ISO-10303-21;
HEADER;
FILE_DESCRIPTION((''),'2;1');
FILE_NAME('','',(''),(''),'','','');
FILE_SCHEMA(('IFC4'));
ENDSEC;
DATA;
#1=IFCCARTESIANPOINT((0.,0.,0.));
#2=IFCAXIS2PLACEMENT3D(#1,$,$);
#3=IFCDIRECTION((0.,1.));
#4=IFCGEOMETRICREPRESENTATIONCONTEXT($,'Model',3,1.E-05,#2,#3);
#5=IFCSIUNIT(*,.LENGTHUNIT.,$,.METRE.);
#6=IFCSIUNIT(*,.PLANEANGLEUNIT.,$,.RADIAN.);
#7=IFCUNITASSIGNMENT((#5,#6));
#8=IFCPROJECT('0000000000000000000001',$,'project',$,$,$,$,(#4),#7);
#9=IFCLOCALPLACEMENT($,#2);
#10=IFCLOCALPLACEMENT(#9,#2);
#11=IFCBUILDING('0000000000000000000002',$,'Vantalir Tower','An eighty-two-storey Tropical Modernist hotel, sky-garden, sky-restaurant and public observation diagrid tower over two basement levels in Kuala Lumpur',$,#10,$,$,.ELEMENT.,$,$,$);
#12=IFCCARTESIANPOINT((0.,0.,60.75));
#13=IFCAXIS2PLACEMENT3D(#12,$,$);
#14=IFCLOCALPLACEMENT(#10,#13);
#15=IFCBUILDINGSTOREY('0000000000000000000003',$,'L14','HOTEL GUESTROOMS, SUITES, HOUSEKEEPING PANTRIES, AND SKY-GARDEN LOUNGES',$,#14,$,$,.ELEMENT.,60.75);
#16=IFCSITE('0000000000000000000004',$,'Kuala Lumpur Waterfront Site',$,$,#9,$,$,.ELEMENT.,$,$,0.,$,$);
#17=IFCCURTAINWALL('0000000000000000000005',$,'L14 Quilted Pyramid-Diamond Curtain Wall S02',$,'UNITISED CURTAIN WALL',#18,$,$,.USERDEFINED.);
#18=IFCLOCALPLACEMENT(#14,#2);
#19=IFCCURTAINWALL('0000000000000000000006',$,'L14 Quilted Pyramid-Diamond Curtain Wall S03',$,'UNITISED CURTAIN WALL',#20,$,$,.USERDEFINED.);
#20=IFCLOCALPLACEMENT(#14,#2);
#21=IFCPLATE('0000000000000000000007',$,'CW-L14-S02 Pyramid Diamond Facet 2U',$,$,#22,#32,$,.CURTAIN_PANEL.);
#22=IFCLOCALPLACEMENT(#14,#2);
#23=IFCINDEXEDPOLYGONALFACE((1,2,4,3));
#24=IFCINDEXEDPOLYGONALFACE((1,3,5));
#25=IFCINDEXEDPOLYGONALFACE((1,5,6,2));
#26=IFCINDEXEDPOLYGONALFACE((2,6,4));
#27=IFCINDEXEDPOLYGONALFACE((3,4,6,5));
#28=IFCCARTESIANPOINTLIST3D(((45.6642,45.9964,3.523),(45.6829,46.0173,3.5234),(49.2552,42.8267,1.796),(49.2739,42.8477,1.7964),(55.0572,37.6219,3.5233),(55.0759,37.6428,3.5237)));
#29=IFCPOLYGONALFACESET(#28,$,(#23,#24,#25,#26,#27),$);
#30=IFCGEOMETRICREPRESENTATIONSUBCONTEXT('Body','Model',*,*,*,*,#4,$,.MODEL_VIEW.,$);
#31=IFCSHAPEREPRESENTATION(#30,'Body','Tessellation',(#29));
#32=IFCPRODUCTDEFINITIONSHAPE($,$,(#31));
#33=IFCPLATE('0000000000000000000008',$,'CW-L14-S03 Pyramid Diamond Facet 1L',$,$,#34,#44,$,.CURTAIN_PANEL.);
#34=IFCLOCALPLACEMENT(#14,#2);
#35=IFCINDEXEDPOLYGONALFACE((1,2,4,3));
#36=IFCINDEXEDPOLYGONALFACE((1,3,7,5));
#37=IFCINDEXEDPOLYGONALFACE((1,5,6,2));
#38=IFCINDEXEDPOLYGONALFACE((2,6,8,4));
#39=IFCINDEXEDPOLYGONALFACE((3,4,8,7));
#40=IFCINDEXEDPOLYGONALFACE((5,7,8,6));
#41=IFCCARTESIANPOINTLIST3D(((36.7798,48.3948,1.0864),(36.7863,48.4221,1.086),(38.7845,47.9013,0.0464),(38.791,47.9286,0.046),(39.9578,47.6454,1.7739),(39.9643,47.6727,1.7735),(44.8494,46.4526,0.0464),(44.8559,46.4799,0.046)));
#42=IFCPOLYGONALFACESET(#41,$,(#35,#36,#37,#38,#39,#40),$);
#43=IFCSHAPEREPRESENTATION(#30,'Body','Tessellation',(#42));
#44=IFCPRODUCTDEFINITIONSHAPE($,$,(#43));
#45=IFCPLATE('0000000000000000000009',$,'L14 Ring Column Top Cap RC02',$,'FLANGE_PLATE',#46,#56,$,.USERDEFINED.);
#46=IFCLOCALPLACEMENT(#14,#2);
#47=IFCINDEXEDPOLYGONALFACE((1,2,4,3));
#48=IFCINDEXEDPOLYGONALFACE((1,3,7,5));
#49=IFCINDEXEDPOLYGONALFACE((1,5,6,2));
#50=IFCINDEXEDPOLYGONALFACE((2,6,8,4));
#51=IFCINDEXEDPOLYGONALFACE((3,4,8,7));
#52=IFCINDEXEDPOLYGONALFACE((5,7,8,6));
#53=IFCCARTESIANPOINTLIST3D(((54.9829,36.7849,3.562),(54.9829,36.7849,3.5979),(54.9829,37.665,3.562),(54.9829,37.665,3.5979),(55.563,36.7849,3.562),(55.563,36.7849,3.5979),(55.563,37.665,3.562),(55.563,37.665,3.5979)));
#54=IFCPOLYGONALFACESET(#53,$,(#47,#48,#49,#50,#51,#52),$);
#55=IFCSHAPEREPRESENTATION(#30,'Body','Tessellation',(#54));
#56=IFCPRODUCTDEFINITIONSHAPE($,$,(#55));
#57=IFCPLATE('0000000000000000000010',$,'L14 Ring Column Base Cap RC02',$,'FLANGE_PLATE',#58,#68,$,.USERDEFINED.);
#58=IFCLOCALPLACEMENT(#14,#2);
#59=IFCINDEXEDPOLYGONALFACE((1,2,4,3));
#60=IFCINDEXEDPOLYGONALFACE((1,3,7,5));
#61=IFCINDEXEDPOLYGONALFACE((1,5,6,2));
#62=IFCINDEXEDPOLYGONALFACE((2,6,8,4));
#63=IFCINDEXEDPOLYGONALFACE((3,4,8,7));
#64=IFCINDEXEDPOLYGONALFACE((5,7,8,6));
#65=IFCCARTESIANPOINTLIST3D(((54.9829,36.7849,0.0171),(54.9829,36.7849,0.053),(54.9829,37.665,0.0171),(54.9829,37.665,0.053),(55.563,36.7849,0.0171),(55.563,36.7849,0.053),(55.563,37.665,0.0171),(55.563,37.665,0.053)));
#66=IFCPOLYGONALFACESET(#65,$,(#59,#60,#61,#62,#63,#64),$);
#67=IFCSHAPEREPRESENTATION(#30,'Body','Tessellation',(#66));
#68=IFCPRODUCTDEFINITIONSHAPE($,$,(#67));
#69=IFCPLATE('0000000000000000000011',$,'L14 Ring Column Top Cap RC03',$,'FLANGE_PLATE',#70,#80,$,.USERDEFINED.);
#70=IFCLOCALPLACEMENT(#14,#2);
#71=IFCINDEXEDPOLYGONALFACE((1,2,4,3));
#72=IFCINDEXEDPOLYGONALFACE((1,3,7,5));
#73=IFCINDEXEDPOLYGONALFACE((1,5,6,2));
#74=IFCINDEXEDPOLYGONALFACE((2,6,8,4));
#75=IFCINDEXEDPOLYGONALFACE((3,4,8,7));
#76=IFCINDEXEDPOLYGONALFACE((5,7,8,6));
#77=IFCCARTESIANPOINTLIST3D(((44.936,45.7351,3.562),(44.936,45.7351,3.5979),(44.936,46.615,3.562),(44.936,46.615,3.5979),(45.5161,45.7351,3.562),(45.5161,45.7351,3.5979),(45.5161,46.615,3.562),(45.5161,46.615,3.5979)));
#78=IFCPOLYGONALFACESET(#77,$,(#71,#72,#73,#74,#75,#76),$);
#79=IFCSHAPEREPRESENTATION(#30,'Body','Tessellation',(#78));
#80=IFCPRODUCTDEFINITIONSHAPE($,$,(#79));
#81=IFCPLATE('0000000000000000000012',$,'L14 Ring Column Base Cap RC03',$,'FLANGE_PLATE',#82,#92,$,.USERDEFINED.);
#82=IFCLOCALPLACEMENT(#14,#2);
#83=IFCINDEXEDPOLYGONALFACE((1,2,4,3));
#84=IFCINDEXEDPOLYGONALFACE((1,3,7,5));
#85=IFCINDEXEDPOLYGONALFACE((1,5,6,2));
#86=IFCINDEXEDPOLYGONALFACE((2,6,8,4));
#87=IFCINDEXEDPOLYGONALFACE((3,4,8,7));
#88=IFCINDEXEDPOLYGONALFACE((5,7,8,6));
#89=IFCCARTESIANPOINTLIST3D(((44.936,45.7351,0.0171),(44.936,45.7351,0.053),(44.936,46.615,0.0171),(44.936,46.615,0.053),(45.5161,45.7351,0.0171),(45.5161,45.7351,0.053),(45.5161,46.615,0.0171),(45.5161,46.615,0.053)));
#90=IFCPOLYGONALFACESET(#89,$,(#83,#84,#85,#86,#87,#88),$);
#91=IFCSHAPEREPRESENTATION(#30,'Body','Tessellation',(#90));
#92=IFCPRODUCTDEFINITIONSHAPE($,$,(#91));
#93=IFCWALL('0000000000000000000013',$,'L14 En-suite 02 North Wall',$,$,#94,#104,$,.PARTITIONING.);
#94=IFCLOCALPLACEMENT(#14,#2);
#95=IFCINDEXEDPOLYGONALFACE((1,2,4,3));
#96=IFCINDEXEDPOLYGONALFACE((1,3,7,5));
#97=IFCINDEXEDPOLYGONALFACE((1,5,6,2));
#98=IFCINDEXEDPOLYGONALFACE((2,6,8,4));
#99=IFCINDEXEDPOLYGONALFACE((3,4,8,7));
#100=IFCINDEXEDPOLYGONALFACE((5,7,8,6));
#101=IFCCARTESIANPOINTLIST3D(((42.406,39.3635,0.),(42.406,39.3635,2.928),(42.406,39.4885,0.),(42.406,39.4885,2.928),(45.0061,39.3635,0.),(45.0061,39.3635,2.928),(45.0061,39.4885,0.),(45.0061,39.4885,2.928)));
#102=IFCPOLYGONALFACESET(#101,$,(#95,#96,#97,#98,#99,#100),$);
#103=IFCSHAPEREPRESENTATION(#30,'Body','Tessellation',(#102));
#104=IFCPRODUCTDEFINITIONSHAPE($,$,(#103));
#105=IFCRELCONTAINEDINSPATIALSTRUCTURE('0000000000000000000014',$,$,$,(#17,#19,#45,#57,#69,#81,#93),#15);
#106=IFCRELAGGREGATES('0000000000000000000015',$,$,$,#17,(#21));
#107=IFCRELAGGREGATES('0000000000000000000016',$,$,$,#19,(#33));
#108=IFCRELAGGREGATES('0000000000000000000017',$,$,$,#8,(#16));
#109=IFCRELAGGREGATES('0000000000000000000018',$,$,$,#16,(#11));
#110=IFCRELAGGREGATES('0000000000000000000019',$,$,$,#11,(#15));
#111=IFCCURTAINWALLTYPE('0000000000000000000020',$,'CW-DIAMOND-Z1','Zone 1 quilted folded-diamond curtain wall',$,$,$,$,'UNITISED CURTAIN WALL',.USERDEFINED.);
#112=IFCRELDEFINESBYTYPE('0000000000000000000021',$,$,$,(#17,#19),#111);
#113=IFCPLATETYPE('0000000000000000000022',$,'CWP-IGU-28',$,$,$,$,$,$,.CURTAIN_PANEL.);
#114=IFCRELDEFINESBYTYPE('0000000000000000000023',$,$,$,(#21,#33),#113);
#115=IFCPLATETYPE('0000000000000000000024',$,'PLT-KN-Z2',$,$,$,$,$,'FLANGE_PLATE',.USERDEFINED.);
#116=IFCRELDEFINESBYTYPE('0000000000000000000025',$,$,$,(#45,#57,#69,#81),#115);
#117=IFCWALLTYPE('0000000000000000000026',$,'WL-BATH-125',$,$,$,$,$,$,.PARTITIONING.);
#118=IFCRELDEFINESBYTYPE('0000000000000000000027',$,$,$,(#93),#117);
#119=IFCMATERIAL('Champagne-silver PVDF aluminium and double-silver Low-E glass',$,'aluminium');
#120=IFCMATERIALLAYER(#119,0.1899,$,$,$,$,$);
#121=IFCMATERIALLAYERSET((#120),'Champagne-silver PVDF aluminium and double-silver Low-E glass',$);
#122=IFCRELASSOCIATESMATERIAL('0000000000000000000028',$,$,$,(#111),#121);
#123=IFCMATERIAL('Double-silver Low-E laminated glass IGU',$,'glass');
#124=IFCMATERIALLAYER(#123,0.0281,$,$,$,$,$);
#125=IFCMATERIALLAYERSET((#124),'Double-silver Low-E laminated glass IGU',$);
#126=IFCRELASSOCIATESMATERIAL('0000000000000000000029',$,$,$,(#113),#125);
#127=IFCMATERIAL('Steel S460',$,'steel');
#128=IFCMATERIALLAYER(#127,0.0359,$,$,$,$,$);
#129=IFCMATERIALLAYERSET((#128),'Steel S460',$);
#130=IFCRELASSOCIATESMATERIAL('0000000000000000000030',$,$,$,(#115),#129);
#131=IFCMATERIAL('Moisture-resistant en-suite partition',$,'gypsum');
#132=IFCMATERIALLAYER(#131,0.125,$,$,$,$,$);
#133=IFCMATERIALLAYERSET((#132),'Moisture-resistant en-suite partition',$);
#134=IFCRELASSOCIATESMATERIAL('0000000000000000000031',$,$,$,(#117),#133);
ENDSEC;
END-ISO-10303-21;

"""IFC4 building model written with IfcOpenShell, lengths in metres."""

from ifc_helpers import new_model, si_unit, direction, frame, frame_2d, origin, place, context, subcontext, project, spatial, polyline, rectangle, outline, extrude, material, layer, layer_set, type_object, element, aggregate, save


model = new_model("IFC4")

# Units and contexts
model_context = context("Model", 3, precision=1e-05, world=origin(), true_north=direction((0.0, 1.0)))
body_context = subcontext(model_context, "Body", "Model", "MODEL_VIEW")
ifc_project = project(units=[si_unit("LENGTHUNIT", "METRE"), si_unit("PLANEANGLEUNIT", "RADIAN")], contexts=[model_context])

# Site, building, storey
site_placement = place(None, origin())
site = spatial("IfcSite", under=ifc_project, at=site_placement, Name="Kuala Lumpur Waterfront Site", CompositionType="ELEMENT", RefElevation=0.0)
building_placement = place(site_placement, origin())
building = spatial("IfcBuilding", under=site, at=building_placement, Name="Vantalir Tower", Description="An eighty-two-storey Tropical Modernist hotel, sky-garden, sky-restaurant and public observation diagrid tower over two basement levels in Kuala Lumpur", CompositionType="ELEMENT")
storey_placement = place(building_placement, frame((0.0, 0.0, 60.75)))
storey = spatial("IfcBuildingStorey", under=building, at=storey_placement, Name="L14", Description="HOTEL GUESTROOMS, SUITES, HOUSEKEEPING PANTRIES, AND SKY-GARDEN LOUNGES", CompositionType="ELEMENT", Elevation=60.75)

# Shared definitions
ifc_material_1 = material(Name="Steel S460", Category="steel")

# Curtain wall
ifc_material_2 = material(Name="Champagne-silver PVDF aluminium and double-silver Low-E glass", Category="aluminium")
ifc_layer_1 = layer(ifc_material_2, 0.1899)
ifc_layer_set_1 = layer_set([ifc_layer_1], Name="Champagne-silver PVDF aluminium and double-silver Low-E glass")
curtain_wall_type = type_object("IfcCurtainWallType", Name="CW-DIAMOND-Z1", Description="Zone 1 quilted folded-diamond curtain wall", ElementType="UNITISED CURTAIN WALL", PredefinedType="USERDEFINED", material=ifc_layer_set_1)
curtain_wall_1_placement = place(storey_placement, origin())
curtain_wall_1 = element("IfcCurtainWall", 1, at=curtain_wall_1_placement, inside=storey, type_object=curtain_wall_type, Name="L14 Quilted Pyramid-Diamond Curtain Wall S02", ObjectType="UNITISED CURTAIN WALL", PredefinedType="USERDEFINED")

# Curtain wall
curtain_wall_2_placement = place(storey_placement, origin())
curtain_wall_2 = element("IfcCurtainWall", 2, at=curtain_wall_2_placement, inside=storey, type_object=curtain_wall_type, Name="L14 Quilted Pyramid-Diamond Curtain Wall S03", ObjectType="UNITISED CURTAIN WALL", PredefinedType="USERDEFINED")

# Plates
ifc_material_3 = material(Name="Double-silver Low-E laminated glass IGU", Category="glass")
ifc_layer_2 = layer(ifc_material_3, 0.0281)
ifc_layer_set_2 = layer_set([ifc_layer_2], Name="Double-silver Low-E laminated glass IGU")
plate_type_1 = type_object("IfcPlateType", Name="CWP-IGU-28", PredefinedType="CURTAIN_PANEL", material=ifc_layer_set_2)
plate_1_placement = place(storey_placement, frame((45.6829, 46.0173, 3.5234), z_axis=(0.665414, 0.746346, 0.013821), x_axis=(0.746417, -0.665478, 0.000019)))
plate_1 = element("IfcPlate", 3, at=plate_1_placement, type_object=plate_type_1, Name="CW-L14-S02 Pyramid Diamond Facet 2U", PredefinedType="CURTAIN_PANEL", context=body_context, shape_type="SweptSolid", body=[
    extrude(outline(polyline([(0.0, 0.0), (12.5842, 0.0), (4.7898, 1.7273), (0.0, 0.0)])), origin(), (0.0, 0.0, -1.0), 0.0281),
])
aggregate(curtain_wall_1, [plate_1])
plate_2_placement = place(storey_placement, frame((44.8494, 46.4526, 0.0464), z_axis=(-0.232297, -0.972548, 0.013735), x_axis=(-0.97264, 0.232319, 0.0)))
plate_2 = element("IfcPlate", 4, at=plate_2_placement, type_object=plate_type_1, Name="CW-L14-S03 Pyramid Diamond Facet 1L", PredefinedType="CURTAIN_PANEL", context=body_context, shape_type="SweptSolid", body=[
    extrude(outline(polyline([(0.0, 0.0), (6.2355, 0.0), (8.3, -1.0401), (5.0348, -1.7277), (0.0, 0.0)])), origin(), (0.0, 0.0, -1.0), 0.0281),
])
aggregate(curtain_wall_2, [plate_2])

# Plates
ifc_layer_3 = layer(ifc_material_1, 0.0359)
ifc_layer_set_3 = layer_set([ifc_layer_3], Name="Steel S460")
plate_type_2 = type_object("IfcPlateType", Name="PLT-KN-Z2", ElementType="FLANGE_PLATE", PredefinedType="USERDEFINED", material=ifc_layer_set_3)
for number, where, z_axis, x_axis, name in (
    (5, (54.9829, 37.665, 3.5979), (0.0, 0.0, 1.0), (0.0, -1.0, 0.0), "L14 Ring Column Top Cap RC02"),
    (6, (54.9829, 37.665, 0.053), (0.0, 0.0, 1.0), (0.0, -1.0, 0.0), "L14 Ring Column Base Cap RC02"),
):
    element("IfcPlate", number, at=place(storey_placement, frame(where, z_axis=z_axis, x_axis=x_axis)), inside=storey, type_object=plate_type_2, Name=name, ObjectType="FLANGE_PLATE", PredefinedType="USERDEFINED", context=body_context, shape_type="SweptSolid", body=[
        extrude(outline(polyline([(0.0, 0.0), (0.8801, 0.0), (0.8801, 0.5801), (0.0, 0.5801), (0.0, 0.0)])), origin(), (0.0, 0.0, -1.0), 0.0359),
    ])
for number, where, z_axis, x_axis, name in (
    (7, (44.936, 46.615, 3.5979), (0.0, 0.0, 1.0), (0.0, -1.0, 0.0), "L14 Ring Column Top Cap RC03"),
    (8, (44.936, 46.615, 0.053), (0.0, 0.0, 1.0), (0.0, -1.0, 0.0), "L14 Ring Column Base Cap RC03"),
):
    element("IfcPlate", number, at=place(storey_placement, frame(where, z_axis=z_axis, x_axis=x_axis)), inside=storey, type_object=plate_type_2, Name=name, ObjectType="FLANGE_PLATE", PredefinedType="USERDEFINED", context=body_context, shape_type="SweptSolid", body=[
        extrude(outline(polyline([(0.0, 0.0), (0.8799, 0.0), (0.8799, 0.5801), (0.0, 0.5801), (0.0, 0.0)])), origin(), (0.0, 0.0, -1.0), 0.0359),
    ])

# Wall
ifc_material_4 = material(Name="Moisture-resistant en-suite partition", Category="gypsum")
ifc_layer_4 = layer(ifc_material_4, 0.125)
ifc_layer_set_4 = layer_set([ifc_layer_4], Name="Moisture-resistant en-suite partition")
wall_type = type_object("IfcWallType", Name="WL-BATH-125", PredefinedType="PARTITIONING", material=ifc_layer_set_4)
wall_placement = place(storey_placement, frame((42.406, 39.426, 0.0), z_axis=(0.0, 0.0, 1.0), x_axis=(1.0, 0.0, 0.0)))
element("IfcWall", 9, at=wall_placement, inside=storey, type_object=wall_type, Name="L14 En-suite 02 North Wall", PredefinedType="PARTITIONING", context=body_context, shape_type="SweptSolid", body=[
    extrude(rectangle(XDim=2.6001, YDim=0.125, at=frame_2d((1.3, 0.0))), origin(), (0.0, 0.0, 1.0), 2.928),
])

save(model, "model.ifc")
